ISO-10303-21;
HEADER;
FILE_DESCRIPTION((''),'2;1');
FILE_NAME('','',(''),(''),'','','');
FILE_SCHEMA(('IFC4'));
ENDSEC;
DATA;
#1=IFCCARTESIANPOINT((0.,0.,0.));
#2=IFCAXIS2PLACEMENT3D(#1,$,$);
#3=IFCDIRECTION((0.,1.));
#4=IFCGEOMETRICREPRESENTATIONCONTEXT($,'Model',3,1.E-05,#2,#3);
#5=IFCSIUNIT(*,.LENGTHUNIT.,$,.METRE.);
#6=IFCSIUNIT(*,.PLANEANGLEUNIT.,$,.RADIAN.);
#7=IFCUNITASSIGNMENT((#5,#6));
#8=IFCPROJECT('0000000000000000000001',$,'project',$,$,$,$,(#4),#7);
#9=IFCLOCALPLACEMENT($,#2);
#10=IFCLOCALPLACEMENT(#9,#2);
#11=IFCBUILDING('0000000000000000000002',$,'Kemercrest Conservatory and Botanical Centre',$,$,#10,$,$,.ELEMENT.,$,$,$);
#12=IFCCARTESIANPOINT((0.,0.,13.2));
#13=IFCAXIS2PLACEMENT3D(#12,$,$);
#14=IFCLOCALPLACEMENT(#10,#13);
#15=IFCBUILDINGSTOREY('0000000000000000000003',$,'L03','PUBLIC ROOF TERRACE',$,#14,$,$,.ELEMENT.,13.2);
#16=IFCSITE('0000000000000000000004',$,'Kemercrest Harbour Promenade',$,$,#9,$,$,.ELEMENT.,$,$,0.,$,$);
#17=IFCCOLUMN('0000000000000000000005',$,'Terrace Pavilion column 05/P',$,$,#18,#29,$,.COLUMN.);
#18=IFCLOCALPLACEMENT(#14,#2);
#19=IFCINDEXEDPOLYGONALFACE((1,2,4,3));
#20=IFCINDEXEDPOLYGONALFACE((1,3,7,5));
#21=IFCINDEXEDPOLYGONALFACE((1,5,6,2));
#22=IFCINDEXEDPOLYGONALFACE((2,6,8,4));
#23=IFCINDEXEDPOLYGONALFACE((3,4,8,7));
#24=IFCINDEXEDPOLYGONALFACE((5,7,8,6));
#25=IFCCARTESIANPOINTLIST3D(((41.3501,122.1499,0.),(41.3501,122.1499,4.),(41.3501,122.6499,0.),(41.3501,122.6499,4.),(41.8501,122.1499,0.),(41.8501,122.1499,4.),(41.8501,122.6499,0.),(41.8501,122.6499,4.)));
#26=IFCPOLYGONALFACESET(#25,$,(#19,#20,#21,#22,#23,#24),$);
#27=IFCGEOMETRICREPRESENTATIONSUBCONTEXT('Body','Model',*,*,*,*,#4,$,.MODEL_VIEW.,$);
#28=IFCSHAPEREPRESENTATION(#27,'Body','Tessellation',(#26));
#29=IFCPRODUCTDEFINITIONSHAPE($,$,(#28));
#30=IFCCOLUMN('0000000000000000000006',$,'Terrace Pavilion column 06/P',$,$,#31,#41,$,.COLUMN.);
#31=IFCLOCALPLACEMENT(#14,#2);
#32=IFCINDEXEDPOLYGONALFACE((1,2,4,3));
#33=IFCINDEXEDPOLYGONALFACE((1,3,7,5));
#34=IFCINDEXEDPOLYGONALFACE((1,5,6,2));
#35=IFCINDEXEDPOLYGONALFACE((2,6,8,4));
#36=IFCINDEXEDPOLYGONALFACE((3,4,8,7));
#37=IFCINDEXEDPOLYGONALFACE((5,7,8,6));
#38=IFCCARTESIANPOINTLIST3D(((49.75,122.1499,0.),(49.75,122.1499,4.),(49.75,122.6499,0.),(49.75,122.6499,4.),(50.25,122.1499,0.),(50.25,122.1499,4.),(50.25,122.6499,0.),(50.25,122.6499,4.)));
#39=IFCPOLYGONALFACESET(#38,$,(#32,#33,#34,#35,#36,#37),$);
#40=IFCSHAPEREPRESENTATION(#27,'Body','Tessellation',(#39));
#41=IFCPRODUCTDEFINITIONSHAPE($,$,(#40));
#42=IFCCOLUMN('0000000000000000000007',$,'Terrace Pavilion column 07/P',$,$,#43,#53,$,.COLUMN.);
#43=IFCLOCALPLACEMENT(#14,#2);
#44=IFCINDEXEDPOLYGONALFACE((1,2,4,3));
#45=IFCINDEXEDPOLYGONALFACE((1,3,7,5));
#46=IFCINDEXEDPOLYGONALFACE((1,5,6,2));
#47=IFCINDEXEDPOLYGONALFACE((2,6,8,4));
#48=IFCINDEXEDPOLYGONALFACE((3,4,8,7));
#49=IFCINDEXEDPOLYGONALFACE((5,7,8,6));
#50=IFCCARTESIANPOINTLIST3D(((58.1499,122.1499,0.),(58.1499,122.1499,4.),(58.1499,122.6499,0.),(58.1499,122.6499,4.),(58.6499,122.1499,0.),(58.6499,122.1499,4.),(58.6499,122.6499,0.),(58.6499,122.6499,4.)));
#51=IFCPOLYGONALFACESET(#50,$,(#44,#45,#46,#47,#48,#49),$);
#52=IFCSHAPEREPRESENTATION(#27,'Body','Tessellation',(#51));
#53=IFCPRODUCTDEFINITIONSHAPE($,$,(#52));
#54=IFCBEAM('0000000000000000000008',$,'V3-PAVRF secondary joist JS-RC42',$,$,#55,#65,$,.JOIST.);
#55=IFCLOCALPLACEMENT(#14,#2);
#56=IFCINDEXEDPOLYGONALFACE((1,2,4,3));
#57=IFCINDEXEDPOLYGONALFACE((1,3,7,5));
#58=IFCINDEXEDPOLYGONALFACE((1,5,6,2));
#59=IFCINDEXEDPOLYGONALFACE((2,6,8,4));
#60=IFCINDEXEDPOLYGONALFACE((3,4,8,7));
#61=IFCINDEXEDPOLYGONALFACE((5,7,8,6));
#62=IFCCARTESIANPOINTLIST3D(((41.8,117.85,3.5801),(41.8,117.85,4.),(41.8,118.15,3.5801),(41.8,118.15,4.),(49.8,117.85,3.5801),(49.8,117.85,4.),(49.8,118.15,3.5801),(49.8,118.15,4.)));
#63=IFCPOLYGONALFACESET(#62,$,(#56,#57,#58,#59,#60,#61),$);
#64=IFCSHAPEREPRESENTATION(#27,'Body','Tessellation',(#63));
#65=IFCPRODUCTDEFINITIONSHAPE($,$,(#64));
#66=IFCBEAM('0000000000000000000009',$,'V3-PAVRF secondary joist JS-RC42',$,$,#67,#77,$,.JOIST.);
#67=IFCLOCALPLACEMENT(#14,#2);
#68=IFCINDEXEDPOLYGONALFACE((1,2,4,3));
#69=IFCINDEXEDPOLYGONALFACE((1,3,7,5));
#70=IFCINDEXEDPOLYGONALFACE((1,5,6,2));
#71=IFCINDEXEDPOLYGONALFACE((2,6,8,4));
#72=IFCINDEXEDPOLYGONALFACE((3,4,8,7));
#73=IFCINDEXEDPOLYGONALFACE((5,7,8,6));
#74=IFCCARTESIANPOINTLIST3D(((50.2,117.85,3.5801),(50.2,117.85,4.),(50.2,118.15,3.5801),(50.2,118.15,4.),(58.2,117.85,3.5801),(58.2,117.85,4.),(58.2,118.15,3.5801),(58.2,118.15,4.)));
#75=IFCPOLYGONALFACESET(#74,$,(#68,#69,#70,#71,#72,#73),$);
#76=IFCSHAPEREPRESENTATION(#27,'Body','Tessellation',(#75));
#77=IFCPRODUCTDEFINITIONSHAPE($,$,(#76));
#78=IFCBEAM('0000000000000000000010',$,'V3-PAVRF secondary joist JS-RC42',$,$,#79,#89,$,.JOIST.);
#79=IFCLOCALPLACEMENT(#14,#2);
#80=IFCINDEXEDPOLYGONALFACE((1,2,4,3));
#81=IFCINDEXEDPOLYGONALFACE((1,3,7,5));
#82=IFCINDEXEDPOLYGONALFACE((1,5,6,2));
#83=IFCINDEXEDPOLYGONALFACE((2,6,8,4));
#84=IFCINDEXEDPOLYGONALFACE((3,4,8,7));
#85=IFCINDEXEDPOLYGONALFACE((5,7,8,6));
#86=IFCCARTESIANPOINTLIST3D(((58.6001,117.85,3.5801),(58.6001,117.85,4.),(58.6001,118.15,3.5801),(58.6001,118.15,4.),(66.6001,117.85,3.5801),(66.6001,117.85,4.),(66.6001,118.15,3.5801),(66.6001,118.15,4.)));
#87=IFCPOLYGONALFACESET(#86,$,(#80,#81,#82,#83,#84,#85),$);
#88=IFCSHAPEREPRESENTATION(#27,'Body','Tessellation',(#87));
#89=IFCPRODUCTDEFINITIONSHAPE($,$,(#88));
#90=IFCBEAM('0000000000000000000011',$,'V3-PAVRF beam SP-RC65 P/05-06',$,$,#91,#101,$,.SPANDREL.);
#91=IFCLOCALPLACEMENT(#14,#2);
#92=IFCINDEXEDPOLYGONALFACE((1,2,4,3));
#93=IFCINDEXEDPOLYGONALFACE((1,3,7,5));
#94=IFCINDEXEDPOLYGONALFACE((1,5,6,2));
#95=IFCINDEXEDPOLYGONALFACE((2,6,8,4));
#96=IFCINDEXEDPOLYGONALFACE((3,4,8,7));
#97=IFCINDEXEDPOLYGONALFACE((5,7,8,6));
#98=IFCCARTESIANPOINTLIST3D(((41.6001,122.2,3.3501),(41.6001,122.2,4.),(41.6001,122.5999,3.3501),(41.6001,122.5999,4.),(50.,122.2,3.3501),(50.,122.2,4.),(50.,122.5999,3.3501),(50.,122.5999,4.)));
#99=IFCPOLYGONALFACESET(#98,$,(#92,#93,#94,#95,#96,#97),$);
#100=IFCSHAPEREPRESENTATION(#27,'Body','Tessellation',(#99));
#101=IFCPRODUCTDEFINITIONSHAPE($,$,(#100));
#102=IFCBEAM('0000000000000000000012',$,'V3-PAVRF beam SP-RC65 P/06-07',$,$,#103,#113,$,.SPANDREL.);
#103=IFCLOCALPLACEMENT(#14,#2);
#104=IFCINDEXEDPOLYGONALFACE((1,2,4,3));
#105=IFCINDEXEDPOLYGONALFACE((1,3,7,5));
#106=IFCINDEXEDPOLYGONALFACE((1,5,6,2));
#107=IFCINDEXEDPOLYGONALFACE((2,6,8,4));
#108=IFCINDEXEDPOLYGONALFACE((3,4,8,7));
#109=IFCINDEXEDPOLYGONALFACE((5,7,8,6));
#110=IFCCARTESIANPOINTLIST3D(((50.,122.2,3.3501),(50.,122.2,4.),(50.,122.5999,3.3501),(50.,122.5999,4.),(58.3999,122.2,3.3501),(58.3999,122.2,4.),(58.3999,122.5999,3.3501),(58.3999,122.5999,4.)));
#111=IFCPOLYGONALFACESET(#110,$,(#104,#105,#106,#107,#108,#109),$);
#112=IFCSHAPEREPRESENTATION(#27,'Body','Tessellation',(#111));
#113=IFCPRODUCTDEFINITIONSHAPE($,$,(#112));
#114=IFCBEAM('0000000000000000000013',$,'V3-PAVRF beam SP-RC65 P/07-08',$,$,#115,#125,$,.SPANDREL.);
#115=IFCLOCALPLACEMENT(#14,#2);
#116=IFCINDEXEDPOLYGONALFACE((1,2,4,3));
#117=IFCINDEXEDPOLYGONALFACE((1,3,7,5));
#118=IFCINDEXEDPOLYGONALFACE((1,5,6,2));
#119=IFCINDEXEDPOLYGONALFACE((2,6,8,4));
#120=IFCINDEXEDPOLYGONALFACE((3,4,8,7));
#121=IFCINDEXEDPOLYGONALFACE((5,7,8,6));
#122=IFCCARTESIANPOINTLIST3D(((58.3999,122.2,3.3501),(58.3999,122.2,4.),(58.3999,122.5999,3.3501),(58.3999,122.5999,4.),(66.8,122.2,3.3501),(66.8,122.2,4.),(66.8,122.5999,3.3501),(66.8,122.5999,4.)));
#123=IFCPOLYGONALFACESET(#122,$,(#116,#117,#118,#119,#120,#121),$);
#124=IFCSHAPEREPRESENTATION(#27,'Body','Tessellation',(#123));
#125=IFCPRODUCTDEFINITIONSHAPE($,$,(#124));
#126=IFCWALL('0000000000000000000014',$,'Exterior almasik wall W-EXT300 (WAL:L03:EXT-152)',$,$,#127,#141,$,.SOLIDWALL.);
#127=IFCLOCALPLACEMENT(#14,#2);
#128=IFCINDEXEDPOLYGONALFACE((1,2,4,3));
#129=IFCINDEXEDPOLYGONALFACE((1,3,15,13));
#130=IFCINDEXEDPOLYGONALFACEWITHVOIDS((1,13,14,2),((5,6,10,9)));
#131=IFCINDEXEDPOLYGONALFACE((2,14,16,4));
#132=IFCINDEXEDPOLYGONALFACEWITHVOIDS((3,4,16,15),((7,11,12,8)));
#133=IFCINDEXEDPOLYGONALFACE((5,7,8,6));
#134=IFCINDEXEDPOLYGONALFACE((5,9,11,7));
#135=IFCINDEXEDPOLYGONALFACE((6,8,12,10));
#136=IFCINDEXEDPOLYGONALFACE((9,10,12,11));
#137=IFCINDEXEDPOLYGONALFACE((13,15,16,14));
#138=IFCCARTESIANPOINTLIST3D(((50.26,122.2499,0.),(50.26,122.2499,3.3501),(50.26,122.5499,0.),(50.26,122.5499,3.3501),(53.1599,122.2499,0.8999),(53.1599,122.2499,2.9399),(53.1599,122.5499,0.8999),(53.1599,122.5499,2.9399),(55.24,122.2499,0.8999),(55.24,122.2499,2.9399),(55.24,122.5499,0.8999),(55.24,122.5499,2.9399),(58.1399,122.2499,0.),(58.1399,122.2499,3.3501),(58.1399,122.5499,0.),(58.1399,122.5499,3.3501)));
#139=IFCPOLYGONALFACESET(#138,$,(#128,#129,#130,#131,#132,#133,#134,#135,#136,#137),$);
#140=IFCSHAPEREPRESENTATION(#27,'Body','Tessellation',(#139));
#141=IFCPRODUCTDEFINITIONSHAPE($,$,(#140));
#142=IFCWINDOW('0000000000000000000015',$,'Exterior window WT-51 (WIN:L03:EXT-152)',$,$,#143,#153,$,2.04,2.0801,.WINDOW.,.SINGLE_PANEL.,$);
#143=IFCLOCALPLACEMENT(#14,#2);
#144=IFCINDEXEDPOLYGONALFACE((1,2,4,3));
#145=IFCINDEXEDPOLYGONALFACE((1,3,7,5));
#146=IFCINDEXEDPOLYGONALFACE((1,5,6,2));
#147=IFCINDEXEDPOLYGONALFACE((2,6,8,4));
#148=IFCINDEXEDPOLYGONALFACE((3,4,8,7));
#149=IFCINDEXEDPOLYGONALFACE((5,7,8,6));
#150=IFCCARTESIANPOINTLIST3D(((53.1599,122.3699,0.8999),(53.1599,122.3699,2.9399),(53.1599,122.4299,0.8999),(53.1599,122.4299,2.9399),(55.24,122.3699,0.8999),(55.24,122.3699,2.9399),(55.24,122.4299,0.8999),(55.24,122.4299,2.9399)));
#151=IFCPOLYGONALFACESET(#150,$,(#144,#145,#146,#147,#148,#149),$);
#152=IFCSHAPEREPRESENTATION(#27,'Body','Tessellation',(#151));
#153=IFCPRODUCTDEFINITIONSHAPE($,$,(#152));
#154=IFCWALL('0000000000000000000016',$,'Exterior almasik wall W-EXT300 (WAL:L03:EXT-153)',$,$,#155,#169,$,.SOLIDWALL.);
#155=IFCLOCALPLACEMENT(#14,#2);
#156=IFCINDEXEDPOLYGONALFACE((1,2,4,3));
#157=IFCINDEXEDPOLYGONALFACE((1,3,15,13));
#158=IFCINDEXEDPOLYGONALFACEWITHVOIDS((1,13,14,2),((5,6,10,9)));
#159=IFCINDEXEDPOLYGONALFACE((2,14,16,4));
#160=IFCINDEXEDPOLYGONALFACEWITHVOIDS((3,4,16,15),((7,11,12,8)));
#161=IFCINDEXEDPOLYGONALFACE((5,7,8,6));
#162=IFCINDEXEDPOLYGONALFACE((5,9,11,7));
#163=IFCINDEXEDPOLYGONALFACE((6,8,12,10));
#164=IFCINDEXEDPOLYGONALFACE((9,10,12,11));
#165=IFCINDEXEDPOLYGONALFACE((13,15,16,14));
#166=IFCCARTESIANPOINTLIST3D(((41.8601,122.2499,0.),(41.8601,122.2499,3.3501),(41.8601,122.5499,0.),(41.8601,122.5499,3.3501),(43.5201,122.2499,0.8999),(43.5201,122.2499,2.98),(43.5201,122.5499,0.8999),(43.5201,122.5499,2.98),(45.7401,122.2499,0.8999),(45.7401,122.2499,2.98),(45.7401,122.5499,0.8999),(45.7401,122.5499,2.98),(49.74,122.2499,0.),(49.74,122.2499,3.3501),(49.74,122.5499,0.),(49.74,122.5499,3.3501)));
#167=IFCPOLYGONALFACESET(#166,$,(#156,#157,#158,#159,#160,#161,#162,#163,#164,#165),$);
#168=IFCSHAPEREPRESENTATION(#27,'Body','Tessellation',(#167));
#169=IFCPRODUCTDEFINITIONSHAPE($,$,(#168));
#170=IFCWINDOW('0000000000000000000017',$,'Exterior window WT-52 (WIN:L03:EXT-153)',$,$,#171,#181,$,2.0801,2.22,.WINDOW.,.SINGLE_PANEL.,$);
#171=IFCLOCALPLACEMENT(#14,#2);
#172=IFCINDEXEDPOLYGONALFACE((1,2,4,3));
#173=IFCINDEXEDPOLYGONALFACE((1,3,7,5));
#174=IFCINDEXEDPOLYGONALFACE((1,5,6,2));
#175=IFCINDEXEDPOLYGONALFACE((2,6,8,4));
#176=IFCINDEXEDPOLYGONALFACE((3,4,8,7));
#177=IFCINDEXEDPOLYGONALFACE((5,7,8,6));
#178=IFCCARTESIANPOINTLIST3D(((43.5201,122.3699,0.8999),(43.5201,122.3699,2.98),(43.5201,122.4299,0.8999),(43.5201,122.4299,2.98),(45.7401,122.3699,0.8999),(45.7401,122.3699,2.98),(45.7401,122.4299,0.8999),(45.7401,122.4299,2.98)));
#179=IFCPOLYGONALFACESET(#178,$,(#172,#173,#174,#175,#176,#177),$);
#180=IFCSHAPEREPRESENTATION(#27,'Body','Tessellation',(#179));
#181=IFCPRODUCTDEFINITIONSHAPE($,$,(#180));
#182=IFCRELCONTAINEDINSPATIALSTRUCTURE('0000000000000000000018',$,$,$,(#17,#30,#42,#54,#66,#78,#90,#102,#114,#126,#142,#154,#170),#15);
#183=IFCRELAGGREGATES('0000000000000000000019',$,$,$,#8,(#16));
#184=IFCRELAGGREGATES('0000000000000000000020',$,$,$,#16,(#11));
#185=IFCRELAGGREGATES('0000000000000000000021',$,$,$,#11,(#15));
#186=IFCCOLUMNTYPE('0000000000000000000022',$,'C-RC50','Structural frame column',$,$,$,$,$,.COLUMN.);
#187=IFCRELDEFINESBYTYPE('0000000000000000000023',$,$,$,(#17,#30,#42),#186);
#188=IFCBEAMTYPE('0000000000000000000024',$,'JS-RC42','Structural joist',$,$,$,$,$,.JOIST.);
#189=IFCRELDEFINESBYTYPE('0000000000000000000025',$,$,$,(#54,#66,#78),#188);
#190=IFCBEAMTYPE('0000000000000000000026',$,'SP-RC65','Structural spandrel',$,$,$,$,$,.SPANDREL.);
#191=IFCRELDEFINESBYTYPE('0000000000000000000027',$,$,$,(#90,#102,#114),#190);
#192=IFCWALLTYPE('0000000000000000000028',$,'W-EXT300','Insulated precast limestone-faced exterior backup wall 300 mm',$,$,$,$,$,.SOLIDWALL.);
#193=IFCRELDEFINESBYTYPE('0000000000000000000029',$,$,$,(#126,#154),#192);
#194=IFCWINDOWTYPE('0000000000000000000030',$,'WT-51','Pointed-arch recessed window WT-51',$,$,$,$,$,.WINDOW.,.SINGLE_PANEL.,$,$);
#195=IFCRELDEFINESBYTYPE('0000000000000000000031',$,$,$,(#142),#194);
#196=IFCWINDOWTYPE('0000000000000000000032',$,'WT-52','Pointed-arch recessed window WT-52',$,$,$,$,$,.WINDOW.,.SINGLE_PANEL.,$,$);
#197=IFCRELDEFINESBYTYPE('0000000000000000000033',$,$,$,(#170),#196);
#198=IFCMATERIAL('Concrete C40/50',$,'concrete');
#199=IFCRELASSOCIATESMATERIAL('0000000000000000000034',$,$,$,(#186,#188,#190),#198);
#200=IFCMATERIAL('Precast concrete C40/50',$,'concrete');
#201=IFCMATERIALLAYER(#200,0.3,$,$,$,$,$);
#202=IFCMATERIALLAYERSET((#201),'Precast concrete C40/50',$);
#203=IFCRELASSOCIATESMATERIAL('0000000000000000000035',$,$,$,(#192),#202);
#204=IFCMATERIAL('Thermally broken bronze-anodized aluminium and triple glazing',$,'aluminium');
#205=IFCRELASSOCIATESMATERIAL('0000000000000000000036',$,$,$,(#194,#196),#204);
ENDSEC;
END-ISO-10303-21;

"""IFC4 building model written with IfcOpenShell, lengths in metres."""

from ifc_helpers import new_model, si_unit, direction, frame, frame_2d, origin, origin_2d, place, context, subcontext, project, spatial, rectangle, extrude, material, layer, layer_set, material_profile, profile_set, type_object, element, fill, save


model = new_model("IFC4")

# Units and contexts
model_context = context("Model", 3, precision=1e-05, world=origin(), true_north=direction((0.0, 1.0)))
body_context = subcontext(model_context, "Body", "Model", "MODEL_VIEW")
ifc_project = project(units=[si_unit("LENGTHUNIT", "METRE"), si_unit("PLANEANGLEUNIT", "RADIAN")], contexts=[model_context])

# Site, building, storey
site_placement = place(None, origin())
site = spatial("IfcSite", under=ifc_project, at=site_placement, Name="Kemercrest Harbour Promenade", CompositionType="ELEMENT", RefElevation=0.0)
building_placement = place(site_placement, origin())
building = spatial("IfcBuilding", under=site, at=building_placement, Name="Kemercrest Conservatory and Botanical Centre", CompositionType="ELEMENT")
storey_placement = place(building_placement, frame((0.0, 0.0, 13.2)))
storey = spatial("IfcBuildingStorey", under=building, at=storey_placement, Name="L03", Description="PUBLIC ROOF TERRACE", CompositionType="ELEMENT", Elevation=13.2)

# Columns
ifc_material_1 = material(Name="Concrete C40/50", Category="concrete")
ifc_material_profile_1 = material_profile(ifc_material_1, rectangle(XDim=0.5, YDim=0.5, at=origin_2d()), Name="RC 500x500")
ifc_profile_set_1 = profile_set([ifc_material_profile_1], Name="Concrete C40/50")
column_type = type_object("IfcColumnType", Name="C-RC50", Description="Structural frame column", PredefinedType="COLUMN", material=ifc_profile_set_1)
for number, where, z_axis, x_axis, name in (
    (1, (41.6001, 122.3999, 0.0), (0.0, 0.0, 1.0), (1.0, 0.0, 0.0), "Terrace Pavilion column 05/P"),
    (2, (50.0, 122.3999, 0.0), (0.0, 0.0, 1.0), (1.0, 0.0, 0.0), "Terrace Pavilion column 06/P"),
    (3, (58.3999, 122.3999, 0.0), (0.0, 0.0, 1.0), (1.0, 0.0, 0.0), "Terrace Pavilion column 07/P"),
):
    element("IfcColumn", number, at=place(storey_placement, frame(where, z_axis=z_axis, x_axis=x_axis)), inside=storey, type_object=column_type, Name=name, PredefinedType="COLUMN", context=body_context, shape_type="SweptSolid", body=[
        extrude(rectangle(XDim=0.5, YDim=0.5, at=origin_2d()), origin(), (0.0, 0.0, 1.0), 4.0),
    ])

# Beams
ifc_material_profile_2 = material_profile(ifc_material_1, rectangle(XDim=0.3, YDim=0.4199, at=origin_2d()), Name="RC 300x420")
ifc_profile_set_2 = profile_set([ifc_material_profile_2], Name="Concrete C40/50")
beam_type_1 = type_object("IfcBeamType", Name="JS-RC42", Description="Structural joist", PredefinedType="JOIST", material=ifc_profile_set_2)
for number, where, z_axis, x_axis, name in (
    (4, (41.8, 118.0, 3.79), (1.0, 0.0, 0.0), (0.0, 1.0, 0.0), "V3-PAVRF secondary joist JS-RC42"),
    (5, (50.2, 118.0, 3.79), (1.0, 0.0, 0.0), (0.0, 1.0, 0.0), "V3-PAVRF secondary joist JS-RC42"),
    (6, (58.6001, 118.0, 3.79), (1.0, 0.0, 0.0), (0.0, 1.0, 0.0), "V3-PAVRF secondary joist JS-RC42"),
):
    element("IfcBeam", number, at=place(storey_placement, frame(where, z_axis=z_axis, x_axis=x_axis)), inside=storey, type_object=beam_type_1, Name=name, PredefinedType="JOIST", context=body_context, shape_type="SweptSolid", body=[
        extrude(rectangle(XDim=0.3, YDim=0.4199, at=origin_2d()), origin(), (0.0, 0.0, 1.0), 8.0),
    ])
ifc_material_profile_3 = material_profile(ifc_material_1, rectangle(XDim=0.3999, YDim=0.6499, at=origin_2d()), Name="RC 400x650")
ifc_profile_set_3 = profile_set([ifc_material_profile_3], Name="Concrete C40/50")
beam_type_2 = type_object("IfcBeamType", Name="SP-RC65", Description="Structural spandrel", PredefinedType="SPANDREL", material=ifc_profile_set_3)
for number, where, z_axis, x_axis, name in (
    (7, (41.6001, 122.3999, 3.675), (1.0, 0.0, 0.0), (0.0, 1.0, 0.0), "V3-PAVRF beam SP-RC65 P/05-06"),
    (8, (50.0, 122.3999, 3.675), (1.0, 0.0, 0.0), (0.0, 1.0, 0.0), "V3-PAVRF beam SP-RC65 P/06-07"),
):
    element("IfcBeam", number, at=place(storey_placement, frame(where, z_axis=z_axis, x_axis=x_axis)), inside=storey, type_object=beam_type_2, Name=name, PredefinedType="SPANDREL", context=body_context, shape_type="SweptSolid", body=[
        extrude(rectangle(XDim=0.3999, YDim=0.6499, at=origin_2d()), origin(), (0.0, 0.0, 1.0), 8.3999),
    ])
beam_placement = place(storey_placement, frame((58.3999, 122.3999, 3.675), z_axis=(1.0, 0.0, 0.0), x_axis=(0.0, 1.0, 0.0)))
element("IfcBeam", 9, at=beam_placement, inside=storey, type_object=beam_type_2, Name="V3-PAVRF beam SP-RC65 P/07-08", PredefinedType="SPANDREL", context=body_context, shape_type="SweptSolid", body=[
    extrude(rectangle(XDim=0.3999, YDim=0.6499, at=origin_2d()), origin(), (0.0, 0.0, 1.0), 8.4001),
])

# Walls, openings, windows
ifc_material_2 = material(Name="Precast concrete C40/50", Category="concrete")
ifc_layer_1 = layer(ifc_material_2, 0.3)
ifc_layer_set_1 = layer_set([ifc_layer_1], Name="Precast concrete C40/50")
wall_type_1 = type_object("IfcWallType", Name="W-EXT300", Description="Insulated precast limestone-faced exterior backup wall 300 mm", PredefinedType="SOLIDWALL", material=ifc_layer_set_1)
wall_1_placement = place(storey_placement, frame((58.1399, 122.3999, 0.0), z_axis=(0.0, 0.0, 1.0), x_axis=(-1.0, 0.0, 0.0)))
wall_1 = element("IfcWall", 10, at=wall_1_placement, inside=storey, type_object=wall_type_1, Name="Exterior almasik wall W-EXT300 (WAL:L03:EXT-152)", PredefinedType="SOLIDWALL", context=body_context, shape_type="SweptSolid", body=[
    extrude(rectangle(XDim=7.8799, YDim=0.3, at=frame_2d((3.9399, 0.0))), origin(), (0.0, 0.0, 1.0), 3.3501),
])
opening_1_placement = place(wall_1_placement, frame((2.8999, 0.0, 0.8999)))
opening_1 = element("IfcOpeningElement", 11, at=opening_1_placement, cuts=wall_1, PredefinedType="OPENING", context=body_context, shape_type="SweptSolid", body=[
    extrude(rectangle(XDim=2.0801, YDim=2.04, at=frame_2d((1.04, 1.02))), frame((0.0, 0.1602, 0.0), z_axis=(0.0, -1.0, 0.0), x_axis=(1.0, 0.0, 0.0)), (0.0, 0.0, 1.0), 0.3201),
])
ifc_material_3 = material(Name="Thermally broken bronze-anodized aluminium and triple glazing", Category="aluminium")
window_type_1 = type_object("IfcWindowType", Name="WT-51", Description="Pointed-arch recessed window WT-51", PartitioningType="SINGLE_PANEL", PredefinedType="WINDOW", material=ifc_material_3)
window_1_placement = place(opening_1_placement, origin())
window_1 = element("IfcWindow", 12, at=window_1_placement, inside=storey, type_object=window_type_1, Name="Exterior window WT-51 (WIN:L03:EXT-152)", OverallHeight=2.04, OverallWidth=2.0801, PartitioningType="SINGLE_PANEL", PredefinedType="WINDOW", context=body_context, shape_type="SweptSolid", body=[
    extrude(rectangle(XDim=2.0801, YDim=2.04, at=frame_2d((1.04, 1.02))), frame((0.0, 0.03, 0.0), z_axis=(0.0, -1.0, 0.0), x_axis=(1.0, 0.0, 0.0)), (0.0, 0.0, 1.0), 0.0601),
])
fill(opening_1, window_1)
wall_2_placement = place(storey_placement, frame((49.74, 122.3999, 0.0), z_axis=(0.0, 0.0, 1.0), x_axis=(-1.0, 0.0, 0.0)))
wall_2 = element("IfcWall", 13, at=wall_2_placement, inside=storey, type_object=wall_type_1, Name="Exterior almasik wall W-EXT300 (WAL:L03:EXT-153)", PredefinedType="SOLIDWALL", context=body_context, shape_type="SweptSolid", body=[
    extrude(rectangle(XDim=7.8799, YDim=0.3, at=frame_2d((3.9399, 0.0))), origin(), (0.0, 0.0, 1.0), 3.3501),
])
opening_2_placement = place(wall_2_placement, frame((4.0, 0.0, 0.8999)))
opening_2 = element("IfcOpeningElement", 14, at=opening_2_placement, cuts=wall_2, PredefinedType="OPENING", context=body_context, shape_type="SweptSolid", body=[
    extrude(rectangle(XDim=2.22, YDim=2.0801, at=frame_2d((1.1099, 1.04))), frame((0.0, 0.1602, 0.0), z_axis=(0.0, -1.0, 0.0), x_axis=(1.0, 0.0, 0.0)), (0.0, 0.0, 1.0), 0.3201),
])
window_type_2 = type_object("IfcWindowType", Name="WT-52", Description="Pointed-arch recessed window WT-52", PartitioningType="SINGLE_PANEL", PredefinedType="WINDOW", material=ifc_material_3)
window_2_placement = place(opening_2_placement, origin())
window_2 = element("IfcWindow", 15, at=window_2_placement, inside=storey, type_object=window_type_2, Name="Exterior window WT-52 (WIN:L03:EXT-153)", OverallHeight=2.0801, OverallWidth=2.22, PartitioningType="SINGLE_PANEL", PredefinedType="WINDOW", context=body_context, shape_type="SweptSolid", body=[
    extrude(rectangle(XDim=2.22, YDim=2.0801, at=frame_2d((1.1099, 1.04))), frame((0.0, 0.03, 0.0), z_axis=(0.0, -1.0, 0.0), x_axis=(1.0, 0.0, 0.0)), (0.0, 0.0, 1.0), 0.0601),
])
fill(opening_2, window_2)

save(model, "model.ifc")
